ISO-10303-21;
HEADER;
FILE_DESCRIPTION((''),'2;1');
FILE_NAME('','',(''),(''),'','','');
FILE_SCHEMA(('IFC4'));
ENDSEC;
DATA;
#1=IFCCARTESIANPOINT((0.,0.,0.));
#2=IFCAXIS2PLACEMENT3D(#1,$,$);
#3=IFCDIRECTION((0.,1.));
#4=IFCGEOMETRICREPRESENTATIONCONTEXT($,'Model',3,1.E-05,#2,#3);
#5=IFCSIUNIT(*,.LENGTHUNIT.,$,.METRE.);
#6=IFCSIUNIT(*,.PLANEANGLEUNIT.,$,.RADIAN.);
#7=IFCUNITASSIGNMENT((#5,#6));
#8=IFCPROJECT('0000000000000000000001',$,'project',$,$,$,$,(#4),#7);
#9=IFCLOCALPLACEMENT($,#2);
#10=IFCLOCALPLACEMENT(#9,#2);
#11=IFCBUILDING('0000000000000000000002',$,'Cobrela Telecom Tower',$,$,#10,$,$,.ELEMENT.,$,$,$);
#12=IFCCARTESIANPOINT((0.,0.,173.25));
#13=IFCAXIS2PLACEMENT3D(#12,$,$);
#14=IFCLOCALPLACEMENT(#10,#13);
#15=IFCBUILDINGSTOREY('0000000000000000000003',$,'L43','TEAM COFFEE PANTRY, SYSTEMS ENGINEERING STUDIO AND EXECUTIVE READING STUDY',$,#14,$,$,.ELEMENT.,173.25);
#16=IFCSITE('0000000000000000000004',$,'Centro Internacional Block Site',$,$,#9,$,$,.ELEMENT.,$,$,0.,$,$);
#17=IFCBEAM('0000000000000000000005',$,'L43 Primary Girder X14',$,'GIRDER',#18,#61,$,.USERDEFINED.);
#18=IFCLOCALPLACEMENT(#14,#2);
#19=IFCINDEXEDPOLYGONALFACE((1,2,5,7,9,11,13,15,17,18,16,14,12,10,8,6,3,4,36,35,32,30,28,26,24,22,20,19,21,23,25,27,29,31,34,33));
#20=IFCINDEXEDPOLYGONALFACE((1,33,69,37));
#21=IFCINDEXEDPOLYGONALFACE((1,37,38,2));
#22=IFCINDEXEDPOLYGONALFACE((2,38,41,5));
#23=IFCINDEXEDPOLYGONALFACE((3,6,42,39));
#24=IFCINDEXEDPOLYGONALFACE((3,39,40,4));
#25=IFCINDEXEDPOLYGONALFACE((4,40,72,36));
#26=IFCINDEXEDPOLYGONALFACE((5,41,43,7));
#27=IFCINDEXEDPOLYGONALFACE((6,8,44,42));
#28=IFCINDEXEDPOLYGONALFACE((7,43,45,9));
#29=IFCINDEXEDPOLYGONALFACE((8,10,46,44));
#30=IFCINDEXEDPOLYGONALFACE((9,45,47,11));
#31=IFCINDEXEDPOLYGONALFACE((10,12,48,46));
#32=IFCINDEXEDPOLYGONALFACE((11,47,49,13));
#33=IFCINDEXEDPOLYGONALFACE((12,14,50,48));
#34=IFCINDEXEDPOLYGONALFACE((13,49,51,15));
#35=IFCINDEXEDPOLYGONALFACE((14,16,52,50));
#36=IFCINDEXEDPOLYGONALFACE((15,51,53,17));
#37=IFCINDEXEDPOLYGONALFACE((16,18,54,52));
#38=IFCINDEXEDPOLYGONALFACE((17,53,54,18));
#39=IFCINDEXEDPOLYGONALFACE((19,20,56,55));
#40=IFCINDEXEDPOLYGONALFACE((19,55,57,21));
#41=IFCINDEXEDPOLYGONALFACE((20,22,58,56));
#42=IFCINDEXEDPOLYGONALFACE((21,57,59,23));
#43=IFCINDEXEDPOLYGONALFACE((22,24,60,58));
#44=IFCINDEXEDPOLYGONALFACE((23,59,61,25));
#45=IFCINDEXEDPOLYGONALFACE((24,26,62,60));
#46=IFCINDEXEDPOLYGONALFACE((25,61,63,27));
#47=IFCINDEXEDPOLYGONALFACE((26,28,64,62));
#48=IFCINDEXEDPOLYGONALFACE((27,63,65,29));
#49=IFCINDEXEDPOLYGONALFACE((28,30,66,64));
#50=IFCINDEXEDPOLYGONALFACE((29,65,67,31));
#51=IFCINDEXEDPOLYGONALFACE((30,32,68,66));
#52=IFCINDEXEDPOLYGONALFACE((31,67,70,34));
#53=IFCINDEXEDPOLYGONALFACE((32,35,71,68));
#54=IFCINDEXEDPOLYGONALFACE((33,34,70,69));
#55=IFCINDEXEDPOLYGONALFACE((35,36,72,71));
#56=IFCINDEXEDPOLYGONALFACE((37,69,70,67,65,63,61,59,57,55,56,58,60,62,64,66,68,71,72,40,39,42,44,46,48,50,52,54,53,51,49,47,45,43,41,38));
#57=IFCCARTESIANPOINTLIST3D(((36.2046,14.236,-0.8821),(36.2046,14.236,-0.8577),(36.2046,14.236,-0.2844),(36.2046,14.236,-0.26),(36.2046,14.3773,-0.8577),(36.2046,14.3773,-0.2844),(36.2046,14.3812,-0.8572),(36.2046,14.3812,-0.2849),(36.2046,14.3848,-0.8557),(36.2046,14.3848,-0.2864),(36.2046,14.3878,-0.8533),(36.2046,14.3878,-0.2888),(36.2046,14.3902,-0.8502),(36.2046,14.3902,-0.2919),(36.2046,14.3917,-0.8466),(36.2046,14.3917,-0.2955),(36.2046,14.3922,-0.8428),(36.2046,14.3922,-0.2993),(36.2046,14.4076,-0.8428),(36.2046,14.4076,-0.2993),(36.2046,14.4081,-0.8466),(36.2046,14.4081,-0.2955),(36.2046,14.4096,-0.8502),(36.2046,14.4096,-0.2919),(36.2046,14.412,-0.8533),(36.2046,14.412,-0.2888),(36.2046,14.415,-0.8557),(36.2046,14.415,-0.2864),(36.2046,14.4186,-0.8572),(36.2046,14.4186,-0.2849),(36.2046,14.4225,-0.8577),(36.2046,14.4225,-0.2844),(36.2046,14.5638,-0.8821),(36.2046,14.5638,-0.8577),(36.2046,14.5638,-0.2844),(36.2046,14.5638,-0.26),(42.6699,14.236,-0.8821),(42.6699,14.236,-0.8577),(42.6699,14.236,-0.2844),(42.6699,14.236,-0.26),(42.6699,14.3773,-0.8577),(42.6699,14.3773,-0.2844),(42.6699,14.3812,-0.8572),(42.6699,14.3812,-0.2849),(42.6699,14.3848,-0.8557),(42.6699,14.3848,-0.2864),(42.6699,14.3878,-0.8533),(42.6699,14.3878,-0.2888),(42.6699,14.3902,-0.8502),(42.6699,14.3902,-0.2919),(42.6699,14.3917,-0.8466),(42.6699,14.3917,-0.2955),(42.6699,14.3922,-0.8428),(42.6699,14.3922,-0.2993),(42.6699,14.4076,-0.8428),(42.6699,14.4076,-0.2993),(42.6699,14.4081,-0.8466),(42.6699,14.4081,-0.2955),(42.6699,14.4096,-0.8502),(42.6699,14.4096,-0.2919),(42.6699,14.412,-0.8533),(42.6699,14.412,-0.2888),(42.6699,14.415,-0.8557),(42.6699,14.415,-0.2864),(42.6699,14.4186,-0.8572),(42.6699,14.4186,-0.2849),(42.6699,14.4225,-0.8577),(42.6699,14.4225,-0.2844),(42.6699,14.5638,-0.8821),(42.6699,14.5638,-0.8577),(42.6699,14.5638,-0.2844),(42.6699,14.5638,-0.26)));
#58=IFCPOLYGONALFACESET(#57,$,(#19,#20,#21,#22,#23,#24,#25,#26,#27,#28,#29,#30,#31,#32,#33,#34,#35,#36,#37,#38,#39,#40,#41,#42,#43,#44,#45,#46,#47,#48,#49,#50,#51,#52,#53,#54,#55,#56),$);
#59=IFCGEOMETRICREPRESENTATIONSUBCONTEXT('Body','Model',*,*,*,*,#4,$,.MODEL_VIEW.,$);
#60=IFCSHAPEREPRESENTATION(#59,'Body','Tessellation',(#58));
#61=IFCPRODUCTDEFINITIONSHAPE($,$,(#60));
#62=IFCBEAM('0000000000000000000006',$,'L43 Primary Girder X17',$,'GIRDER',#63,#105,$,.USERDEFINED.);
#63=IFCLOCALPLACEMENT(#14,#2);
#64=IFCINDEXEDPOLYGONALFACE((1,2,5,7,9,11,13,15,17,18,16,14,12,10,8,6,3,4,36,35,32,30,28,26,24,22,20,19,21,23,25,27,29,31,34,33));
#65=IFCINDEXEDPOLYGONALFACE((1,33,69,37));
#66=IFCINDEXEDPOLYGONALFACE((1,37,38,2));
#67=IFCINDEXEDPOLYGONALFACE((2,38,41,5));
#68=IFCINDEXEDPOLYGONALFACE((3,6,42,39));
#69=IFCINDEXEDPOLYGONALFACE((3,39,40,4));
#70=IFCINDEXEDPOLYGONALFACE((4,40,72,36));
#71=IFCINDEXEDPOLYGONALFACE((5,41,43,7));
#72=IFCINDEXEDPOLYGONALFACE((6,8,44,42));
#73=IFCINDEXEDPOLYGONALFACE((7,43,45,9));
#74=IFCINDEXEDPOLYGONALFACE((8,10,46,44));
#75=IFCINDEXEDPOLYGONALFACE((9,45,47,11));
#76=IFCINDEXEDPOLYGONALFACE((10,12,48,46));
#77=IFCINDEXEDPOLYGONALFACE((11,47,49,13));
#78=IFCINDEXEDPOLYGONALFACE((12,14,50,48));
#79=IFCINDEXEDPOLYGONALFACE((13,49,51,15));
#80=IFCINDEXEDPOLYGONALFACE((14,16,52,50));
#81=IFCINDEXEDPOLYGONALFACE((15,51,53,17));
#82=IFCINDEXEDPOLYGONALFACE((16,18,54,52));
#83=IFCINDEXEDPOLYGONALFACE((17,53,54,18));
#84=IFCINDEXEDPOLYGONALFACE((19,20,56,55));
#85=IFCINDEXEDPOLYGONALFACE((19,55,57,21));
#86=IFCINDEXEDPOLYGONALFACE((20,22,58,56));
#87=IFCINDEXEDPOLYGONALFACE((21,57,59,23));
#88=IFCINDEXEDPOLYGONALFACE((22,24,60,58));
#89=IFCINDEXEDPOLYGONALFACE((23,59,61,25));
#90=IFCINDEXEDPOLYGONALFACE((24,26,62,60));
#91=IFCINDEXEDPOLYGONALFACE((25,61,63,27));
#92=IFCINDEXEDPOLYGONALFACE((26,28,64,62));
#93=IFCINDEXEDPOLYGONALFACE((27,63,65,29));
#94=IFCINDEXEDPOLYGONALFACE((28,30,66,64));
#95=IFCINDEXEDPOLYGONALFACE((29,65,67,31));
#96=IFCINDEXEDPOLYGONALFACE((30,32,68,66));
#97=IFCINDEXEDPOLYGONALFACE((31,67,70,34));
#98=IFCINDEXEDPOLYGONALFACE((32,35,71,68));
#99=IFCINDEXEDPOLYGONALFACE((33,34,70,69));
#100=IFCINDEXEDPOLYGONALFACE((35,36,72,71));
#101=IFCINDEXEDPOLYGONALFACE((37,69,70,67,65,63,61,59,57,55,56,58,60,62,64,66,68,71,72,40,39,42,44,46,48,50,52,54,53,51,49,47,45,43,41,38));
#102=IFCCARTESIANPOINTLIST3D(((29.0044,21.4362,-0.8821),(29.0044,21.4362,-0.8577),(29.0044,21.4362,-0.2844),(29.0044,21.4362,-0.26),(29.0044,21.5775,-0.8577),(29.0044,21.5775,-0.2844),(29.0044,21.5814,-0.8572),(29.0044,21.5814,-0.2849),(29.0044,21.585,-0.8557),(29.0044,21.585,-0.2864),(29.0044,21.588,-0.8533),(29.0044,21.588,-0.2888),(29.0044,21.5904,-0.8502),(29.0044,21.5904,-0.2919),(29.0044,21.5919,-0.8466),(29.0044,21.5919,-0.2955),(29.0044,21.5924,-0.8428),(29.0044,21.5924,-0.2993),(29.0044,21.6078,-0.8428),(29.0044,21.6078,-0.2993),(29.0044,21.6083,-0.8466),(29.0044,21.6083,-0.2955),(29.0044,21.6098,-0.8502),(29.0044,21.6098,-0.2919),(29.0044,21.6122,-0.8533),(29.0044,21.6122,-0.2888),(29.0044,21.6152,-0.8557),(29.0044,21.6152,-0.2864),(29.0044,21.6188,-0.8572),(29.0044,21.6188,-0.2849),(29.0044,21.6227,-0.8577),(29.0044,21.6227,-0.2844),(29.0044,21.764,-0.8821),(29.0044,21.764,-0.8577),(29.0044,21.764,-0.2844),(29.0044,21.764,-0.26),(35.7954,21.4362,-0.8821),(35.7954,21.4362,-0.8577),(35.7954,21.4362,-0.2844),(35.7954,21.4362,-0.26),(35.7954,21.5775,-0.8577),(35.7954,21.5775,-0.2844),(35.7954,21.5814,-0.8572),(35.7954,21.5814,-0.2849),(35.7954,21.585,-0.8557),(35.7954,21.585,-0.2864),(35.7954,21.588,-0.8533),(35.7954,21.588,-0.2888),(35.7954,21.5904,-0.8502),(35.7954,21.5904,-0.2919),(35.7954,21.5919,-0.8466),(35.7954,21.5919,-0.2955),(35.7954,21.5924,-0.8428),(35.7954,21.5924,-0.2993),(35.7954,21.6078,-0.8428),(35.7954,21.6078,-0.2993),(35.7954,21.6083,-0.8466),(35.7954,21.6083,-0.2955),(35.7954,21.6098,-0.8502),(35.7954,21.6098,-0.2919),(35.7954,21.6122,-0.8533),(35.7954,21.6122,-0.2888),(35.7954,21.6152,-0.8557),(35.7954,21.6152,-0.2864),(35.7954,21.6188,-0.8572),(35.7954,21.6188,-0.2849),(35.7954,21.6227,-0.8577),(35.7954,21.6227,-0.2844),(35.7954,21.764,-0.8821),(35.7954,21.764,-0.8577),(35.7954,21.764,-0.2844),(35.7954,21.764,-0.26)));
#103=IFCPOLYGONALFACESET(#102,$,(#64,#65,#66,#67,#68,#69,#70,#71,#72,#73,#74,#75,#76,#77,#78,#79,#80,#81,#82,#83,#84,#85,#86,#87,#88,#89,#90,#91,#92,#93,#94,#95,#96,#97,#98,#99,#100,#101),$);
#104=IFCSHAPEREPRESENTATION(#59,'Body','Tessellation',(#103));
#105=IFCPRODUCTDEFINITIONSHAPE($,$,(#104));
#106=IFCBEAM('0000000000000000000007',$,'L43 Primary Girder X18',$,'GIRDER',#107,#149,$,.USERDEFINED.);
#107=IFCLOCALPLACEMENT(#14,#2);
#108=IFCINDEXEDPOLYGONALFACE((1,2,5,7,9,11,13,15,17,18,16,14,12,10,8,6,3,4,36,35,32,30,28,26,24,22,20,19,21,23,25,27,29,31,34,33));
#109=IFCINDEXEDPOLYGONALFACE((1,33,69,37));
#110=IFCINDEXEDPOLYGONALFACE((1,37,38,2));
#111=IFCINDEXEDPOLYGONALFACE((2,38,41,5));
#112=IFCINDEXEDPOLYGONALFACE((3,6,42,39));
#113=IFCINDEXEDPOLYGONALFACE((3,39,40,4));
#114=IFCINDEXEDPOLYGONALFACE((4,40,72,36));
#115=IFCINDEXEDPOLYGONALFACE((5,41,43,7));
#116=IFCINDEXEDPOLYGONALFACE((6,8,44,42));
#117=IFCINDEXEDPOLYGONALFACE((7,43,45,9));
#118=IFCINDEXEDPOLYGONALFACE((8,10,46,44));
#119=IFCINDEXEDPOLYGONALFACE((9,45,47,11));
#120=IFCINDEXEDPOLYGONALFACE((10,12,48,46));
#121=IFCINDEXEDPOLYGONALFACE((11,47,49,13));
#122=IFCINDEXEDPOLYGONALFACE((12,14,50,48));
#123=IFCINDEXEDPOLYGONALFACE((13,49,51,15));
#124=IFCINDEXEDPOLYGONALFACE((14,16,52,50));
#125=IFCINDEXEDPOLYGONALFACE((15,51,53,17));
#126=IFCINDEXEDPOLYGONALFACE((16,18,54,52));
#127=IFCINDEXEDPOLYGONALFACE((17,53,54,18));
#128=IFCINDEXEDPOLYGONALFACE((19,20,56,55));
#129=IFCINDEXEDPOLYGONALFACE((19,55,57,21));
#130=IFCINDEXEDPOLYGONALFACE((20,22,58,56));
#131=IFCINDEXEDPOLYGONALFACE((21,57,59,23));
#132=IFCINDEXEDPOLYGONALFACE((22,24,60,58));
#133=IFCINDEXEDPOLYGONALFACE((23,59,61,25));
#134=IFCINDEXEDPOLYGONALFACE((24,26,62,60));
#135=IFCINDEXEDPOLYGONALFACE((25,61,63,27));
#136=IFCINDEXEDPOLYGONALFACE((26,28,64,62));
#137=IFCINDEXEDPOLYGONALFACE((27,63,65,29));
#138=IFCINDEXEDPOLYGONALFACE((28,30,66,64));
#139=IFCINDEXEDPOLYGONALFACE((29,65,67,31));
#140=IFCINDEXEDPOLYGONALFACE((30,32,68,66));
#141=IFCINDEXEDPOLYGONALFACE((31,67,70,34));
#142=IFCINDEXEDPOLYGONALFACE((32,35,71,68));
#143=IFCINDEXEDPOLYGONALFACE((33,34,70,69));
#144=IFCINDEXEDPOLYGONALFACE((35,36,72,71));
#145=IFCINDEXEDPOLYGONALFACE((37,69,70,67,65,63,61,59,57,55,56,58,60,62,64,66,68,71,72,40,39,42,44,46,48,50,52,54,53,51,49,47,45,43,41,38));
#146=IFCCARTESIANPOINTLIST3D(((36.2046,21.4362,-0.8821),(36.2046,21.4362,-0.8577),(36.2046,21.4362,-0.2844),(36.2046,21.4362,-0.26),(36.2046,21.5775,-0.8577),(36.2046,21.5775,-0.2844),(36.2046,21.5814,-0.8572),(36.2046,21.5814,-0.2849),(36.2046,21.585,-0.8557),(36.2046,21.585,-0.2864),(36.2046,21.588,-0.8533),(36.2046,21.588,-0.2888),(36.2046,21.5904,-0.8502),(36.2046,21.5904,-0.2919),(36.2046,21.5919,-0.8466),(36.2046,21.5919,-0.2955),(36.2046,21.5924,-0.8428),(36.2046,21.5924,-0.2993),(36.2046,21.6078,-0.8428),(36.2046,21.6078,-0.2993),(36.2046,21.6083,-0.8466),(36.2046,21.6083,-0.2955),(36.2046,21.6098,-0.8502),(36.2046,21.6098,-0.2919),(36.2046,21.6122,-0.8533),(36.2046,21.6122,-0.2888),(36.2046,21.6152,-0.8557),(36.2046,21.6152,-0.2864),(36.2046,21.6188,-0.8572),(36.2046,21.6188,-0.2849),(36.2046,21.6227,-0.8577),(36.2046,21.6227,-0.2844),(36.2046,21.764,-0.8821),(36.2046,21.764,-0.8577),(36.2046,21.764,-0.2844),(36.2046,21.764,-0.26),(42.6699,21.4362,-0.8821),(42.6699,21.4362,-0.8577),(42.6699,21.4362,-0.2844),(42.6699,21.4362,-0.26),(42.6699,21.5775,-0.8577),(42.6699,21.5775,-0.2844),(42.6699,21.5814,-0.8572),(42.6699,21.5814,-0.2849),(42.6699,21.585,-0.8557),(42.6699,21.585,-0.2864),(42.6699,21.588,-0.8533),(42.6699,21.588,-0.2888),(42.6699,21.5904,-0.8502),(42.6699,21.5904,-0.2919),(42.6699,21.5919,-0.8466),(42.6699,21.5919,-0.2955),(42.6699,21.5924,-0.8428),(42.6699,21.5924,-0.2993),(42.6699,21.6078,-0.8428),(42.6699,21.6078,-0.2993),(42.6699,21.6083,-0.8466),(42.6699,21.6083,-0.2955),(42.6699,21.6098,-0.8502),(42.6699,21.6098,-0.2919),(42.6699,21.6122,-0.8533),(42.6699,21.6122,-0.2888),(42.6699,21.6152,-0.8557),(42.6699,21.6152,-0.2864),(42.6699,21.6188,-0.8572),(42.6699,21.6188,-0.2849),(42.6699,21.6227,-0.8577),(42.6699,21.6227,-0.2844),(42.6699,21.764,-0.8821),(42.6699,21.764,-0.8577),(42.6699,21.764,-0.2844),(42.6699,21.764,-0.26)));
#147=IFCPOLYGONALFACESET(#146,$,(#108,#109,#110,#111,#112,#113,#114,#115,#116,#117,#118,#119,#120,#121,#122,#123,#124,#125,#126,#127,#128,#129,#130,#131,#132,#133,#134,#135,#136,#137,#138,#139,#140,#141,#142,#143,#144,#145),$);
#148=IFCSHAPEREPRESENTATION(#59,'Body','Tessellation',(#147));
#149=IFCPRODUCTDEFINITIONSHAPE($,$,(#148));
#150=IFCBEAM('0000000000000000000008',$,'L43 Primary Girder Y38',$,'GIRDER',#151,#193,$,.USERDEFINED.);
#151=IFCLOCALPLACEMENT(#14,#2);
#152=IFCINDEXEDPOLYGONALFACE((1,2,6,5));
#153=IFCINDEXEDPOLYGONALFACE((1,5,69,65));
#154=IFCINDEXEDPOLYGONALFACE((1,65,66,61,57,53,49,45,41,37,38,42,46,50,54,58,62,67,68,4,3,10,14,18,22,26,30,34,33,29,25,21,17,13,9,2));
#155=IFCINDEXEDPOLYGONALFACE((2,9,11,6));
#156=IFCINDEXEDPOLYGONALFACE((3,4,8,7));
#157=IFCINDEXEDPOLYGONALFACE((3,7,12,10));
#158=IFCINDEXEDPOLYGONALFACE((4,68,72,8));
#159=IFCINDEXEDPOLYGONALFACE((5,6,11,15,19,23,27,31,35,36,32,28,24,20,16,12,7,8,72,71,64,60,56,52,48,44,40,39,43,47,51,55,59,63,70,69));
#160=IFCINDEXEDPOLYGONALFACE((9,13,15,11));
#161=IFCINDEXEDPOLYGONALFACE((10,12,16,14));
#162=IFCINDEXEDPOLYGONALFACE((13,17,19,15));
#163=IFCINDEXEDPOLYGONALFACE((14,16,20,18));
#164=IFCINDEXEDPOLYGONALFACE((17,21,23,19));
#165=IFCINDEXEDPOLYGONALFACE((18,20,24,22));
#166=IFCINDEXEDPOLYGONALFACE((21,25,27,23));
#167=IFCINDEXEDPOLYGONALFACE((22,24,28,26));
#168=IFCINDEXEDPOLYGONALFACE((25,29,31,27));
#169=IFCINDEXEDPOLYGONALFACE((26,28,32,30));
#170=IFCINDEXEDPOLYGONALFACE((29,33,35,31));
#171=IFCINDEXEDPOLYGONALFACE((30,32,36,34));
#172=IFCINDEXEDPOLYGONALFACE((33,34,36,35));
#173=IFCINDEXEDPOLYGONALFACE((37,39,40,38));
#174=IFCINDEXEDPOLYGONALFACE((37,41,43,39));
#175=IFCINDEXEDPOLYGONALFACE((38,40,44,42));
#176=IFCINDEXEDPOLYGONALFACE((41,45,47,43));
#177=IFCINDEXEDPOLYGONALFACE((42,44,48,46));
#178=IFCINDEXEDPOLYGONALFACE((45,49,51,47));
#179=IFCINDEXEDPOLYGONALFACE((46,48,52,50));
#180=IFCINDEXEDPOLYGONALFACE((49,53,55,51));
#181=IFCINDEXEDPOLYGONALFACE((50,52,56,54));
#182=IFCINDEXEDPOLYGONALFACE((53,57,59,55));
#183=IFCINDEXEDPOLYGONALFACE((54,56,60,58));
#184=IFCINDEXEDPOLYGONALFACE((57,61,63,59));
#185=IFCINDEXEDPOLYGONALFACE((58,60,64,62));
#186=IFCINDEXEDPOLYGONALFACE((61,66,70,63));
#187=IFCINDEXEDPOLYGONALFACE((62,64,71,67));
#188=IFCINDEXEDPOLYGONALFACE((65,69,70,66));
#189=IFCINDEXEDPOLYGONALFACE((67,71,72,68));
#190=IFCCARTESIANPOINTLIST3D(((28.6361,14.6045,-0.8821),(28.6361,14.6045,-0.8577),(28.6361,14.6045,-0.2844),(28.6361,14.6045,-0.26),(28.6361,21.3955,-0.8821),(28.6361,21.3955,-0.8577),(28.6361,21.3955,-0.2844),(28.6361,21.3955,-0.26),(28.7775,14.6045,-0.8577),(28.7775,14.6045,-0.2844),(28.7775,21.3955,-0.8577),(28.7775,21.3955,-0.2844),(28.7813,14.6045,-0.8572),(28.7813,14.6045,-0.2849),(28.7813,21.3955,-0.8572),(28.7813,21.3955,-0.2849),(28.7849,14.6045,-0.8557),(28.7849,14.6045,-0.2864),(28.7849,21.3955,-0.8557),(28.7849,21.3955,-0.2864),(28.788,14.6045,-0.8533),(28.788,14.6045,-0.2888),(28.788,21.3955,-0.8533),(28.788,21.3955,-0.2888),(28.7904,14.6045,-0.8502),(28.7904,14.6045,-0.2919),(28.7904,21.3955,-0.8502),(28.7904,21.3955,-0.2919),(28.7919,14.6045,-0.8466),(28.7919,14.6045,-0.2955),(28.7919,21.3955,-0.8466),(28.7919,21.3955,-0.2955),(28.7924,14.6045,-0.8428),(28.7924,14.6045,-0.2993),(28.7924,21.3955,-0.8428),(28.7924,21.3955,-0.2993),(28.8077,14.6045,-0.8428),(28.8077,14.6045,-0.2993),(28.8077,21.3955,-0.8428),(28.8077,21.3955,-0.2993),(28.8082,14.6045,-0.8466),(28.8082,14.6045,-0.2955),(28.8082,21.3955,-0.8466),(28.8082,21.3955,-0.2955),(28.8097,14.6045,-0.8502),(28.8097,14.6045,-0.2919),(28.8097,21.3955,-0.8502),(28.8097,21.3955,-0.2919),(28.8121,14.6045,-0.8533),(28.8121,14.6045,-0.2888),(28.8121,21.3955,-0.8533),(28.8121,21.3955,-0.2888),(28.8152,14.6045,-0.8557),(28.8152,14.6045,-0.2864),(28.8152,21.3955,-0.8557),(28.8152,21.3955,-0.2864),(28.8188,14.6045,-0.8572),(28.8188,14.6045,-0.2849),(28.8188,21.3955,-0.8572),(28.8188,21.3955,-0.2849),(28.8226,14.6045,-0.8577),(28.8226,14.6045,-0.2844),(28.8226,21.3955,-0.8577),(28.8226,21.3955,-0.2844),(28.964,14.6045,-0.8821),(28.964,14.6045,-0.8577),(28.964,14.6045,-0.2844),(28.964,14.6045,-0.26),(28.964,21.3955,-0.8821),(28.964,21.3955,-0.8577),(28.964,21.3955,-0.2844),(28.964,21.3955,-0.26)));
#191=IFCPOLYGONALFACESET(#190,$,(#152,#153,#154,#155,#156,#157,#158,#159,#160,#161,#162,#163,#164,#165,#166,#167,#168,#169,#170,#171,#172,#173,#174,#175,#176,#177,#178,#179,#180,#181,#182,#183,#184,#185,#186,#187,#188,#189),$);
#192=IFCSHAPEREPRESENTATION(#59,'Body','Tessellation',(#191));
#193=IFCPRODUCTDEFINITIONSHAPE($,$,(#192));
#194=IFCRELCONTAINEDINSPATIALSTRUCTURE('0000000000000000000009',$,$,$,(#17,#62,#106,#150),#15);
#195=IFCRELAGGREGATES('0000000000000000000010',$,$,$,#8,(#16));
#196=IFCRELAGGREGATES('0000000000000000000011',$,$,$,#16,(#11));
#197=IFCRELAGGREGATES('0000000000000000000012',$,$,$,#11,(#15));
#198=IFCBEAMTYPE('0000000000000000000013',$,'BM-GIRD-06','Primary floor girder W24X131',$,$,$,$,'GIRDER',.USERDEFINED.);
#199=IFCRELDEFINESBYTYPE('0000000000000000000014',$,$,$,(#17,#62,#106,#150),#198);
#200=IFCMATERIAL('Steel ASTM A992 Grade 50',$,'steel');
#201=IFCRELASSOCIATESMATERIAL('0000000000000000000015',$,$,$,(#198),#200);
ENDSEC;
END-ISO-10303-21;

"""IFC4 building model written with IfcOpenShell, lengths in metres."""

from ifc_helpers import new_model, si_unit, direction, frame, origin, origin_2d, place, context, subcontext, project, spatial, i_section, extrude, material, material_profile, profile_set, type_object, element, save


model = new_model("IFC4")

# Units and contexts
model_context = context("Model", 3, precision=1e-05, world=origin(), true_north=direction((0.0, 1.0)))
body_context = subcontext(model_context, "Body", "Model", "MODEL_VIEW")
ifc_project = project(units=[si_unit("LENGTHUNIT", "METRE"), si_unit("PLANEANGLEUNIT", "RADIAN")], contexts=[model_context])

# Site, building, storey
site_placement = place(None, origin())
site = spatial("IfcSite", under=ifc_project, at=site_placement, Name="Centro Internacional Block Site", CompositionType="ELEMENT", RefElevation=0.0)
building_placement = place(site_placement, origin())
building = spatial("IfcBuilding", under=site, at=building_placement, Name="Cobrela Telecom Tower", CompositionType="ELEMENT")
storey_placement = place(building_placement, frame((0.0, 0.0, 173.25)))
storey = spatial("IfcBuildingStorey", under=building, at=storey_placement, Name="L43", Description="TEAM COFFEE PANTRY, SYSTEMS ENGINEERING STUDIO AND EXECUTIVE READING STUDY", CompositionType="ELEMENT", Elevation=173.25)

# Shared definitions
ifc_material_1 = material(Name="Steel ASTM A992 Grade 50", Category="steel")

# Beams
ifc_material_profile_1 = material_profile(ifc_material_1, i_section(OverallWidth=0.3279, OverallDepth=0.6221, WebThickness=0.0154, FlangeThickness=0.0244, FilletRadius=0.0149, at=origin_2d()), Name="W24X131")
ifc_profile_set_1 = profile_set([ifc_material_profile_1], Name="Steel ASTM A992 Grade 50")
beam_type_1 = type_object("IfcBeamType", Name="BM-GIRD-06", Description="Primary floor girder W24X131", ElementType="GIRDER", PredefinedType="USERDEFINED", material=ifc_profile_set_1)
beam_1_placement = place(storey_placement, frame((36.2046, 14.3999, -0.571), z_axis=(1.0, 0.0, 0.0), x_axis=(0.0, 1.0, 0.0)))
element("IfcBeam", 1, at=beam_1_placement, inside=storey, type_object=beam_type_1, Name="L43 Primary Girder X14", ObjectType="GIRDER", PredefinedType="USERDEFINED", context=body_context, shape_type="SweptSolid", body=[
    extrude(i_section(OverallWidth=0.3279, OverallDepth=0.6221, WebThickness=0.0154, FlangeThickness=0.0244, FilletRadius=0.0149, at=origin_2d()), origin(), (0.0, 0.0, 1.0), 6.4653),
])
beam_2_placement = place(storey_placement, frame((29.0044, 21.6001, -0.571), z_axis=(1.0, 0.0, 0.0), x_axis=(0.0, 1.0, 0.0)))
element("IfcBeam", 2, at=beam_2_placement, inside=storey, type_object=beam_type_1, Name="L43 Primary Girder X17", ObjectType="GIRDER", PredefinedType="USERDEFINED", context=body_context, shape_type="SweptSolid", body=[
    extrude(i_section(OverallWidth=0.3279, OverallDepth=0.6221, WebThickness=0.0154, FlangeThickness=0.0244, FilletRadius=0.0149, at=origin_2d()), origin(), (0.0, 0.0, 1.0), 6.791),
])
beam_3_placement = place(storey_placement, frame((36.2046, 21.6001, -0.571), z_axis=(1.0, 0.0, 0.0), x_axis=(0.0, 1.0, 0.0)))
element("IfcBeam", 3, at=beam_3_placement, inside=storey, type_object=beam_type_1, Name="L43 Primary Girder X18", ObjectType="GIRDER", PredefinedType="USERDEFINED", context=body_context, shape_type="SweptSolid", body=[
    extrude(i_section(OverallWidth=0.3279, OverallDepth=0.6221, WebThickness=0.0154, FlangeThickness=0.0244, FilletRadius=0.0149, at=origin_2d()), origin(), (0.0, 0.0, 1.0), 6.4653),
])
for number, where, z_axis, x_axis, name in (
    (4, (28.8, 14.6045, -0.571), (0.0, 1.0, 0.0), (-1.0, 0.0, 0.0), "L43 Primary Girder Y38"),
):
    element("IfcBeam", number, at=place(storey_placement, frame(where, z_axis=z_axis, x_axis=x_axis)), inside=storey, type_object=beam_type_1, Name=name, ObjectType="GIRDER", PredefinedType="USERDEFINED", context=body_context, shape_type="SweptSolid", body=[
        extrude(i_section(OverallWidth=0.3279, OverallDepth=0.6221, WebThickness=0.0154, FlangeThickness=0.0244, FilletRadius=0.0149, at=origin_2d()), origin(), (0.0, 0.0, 1.0), 6.791),
    ])

save(model, "model.ifc")
